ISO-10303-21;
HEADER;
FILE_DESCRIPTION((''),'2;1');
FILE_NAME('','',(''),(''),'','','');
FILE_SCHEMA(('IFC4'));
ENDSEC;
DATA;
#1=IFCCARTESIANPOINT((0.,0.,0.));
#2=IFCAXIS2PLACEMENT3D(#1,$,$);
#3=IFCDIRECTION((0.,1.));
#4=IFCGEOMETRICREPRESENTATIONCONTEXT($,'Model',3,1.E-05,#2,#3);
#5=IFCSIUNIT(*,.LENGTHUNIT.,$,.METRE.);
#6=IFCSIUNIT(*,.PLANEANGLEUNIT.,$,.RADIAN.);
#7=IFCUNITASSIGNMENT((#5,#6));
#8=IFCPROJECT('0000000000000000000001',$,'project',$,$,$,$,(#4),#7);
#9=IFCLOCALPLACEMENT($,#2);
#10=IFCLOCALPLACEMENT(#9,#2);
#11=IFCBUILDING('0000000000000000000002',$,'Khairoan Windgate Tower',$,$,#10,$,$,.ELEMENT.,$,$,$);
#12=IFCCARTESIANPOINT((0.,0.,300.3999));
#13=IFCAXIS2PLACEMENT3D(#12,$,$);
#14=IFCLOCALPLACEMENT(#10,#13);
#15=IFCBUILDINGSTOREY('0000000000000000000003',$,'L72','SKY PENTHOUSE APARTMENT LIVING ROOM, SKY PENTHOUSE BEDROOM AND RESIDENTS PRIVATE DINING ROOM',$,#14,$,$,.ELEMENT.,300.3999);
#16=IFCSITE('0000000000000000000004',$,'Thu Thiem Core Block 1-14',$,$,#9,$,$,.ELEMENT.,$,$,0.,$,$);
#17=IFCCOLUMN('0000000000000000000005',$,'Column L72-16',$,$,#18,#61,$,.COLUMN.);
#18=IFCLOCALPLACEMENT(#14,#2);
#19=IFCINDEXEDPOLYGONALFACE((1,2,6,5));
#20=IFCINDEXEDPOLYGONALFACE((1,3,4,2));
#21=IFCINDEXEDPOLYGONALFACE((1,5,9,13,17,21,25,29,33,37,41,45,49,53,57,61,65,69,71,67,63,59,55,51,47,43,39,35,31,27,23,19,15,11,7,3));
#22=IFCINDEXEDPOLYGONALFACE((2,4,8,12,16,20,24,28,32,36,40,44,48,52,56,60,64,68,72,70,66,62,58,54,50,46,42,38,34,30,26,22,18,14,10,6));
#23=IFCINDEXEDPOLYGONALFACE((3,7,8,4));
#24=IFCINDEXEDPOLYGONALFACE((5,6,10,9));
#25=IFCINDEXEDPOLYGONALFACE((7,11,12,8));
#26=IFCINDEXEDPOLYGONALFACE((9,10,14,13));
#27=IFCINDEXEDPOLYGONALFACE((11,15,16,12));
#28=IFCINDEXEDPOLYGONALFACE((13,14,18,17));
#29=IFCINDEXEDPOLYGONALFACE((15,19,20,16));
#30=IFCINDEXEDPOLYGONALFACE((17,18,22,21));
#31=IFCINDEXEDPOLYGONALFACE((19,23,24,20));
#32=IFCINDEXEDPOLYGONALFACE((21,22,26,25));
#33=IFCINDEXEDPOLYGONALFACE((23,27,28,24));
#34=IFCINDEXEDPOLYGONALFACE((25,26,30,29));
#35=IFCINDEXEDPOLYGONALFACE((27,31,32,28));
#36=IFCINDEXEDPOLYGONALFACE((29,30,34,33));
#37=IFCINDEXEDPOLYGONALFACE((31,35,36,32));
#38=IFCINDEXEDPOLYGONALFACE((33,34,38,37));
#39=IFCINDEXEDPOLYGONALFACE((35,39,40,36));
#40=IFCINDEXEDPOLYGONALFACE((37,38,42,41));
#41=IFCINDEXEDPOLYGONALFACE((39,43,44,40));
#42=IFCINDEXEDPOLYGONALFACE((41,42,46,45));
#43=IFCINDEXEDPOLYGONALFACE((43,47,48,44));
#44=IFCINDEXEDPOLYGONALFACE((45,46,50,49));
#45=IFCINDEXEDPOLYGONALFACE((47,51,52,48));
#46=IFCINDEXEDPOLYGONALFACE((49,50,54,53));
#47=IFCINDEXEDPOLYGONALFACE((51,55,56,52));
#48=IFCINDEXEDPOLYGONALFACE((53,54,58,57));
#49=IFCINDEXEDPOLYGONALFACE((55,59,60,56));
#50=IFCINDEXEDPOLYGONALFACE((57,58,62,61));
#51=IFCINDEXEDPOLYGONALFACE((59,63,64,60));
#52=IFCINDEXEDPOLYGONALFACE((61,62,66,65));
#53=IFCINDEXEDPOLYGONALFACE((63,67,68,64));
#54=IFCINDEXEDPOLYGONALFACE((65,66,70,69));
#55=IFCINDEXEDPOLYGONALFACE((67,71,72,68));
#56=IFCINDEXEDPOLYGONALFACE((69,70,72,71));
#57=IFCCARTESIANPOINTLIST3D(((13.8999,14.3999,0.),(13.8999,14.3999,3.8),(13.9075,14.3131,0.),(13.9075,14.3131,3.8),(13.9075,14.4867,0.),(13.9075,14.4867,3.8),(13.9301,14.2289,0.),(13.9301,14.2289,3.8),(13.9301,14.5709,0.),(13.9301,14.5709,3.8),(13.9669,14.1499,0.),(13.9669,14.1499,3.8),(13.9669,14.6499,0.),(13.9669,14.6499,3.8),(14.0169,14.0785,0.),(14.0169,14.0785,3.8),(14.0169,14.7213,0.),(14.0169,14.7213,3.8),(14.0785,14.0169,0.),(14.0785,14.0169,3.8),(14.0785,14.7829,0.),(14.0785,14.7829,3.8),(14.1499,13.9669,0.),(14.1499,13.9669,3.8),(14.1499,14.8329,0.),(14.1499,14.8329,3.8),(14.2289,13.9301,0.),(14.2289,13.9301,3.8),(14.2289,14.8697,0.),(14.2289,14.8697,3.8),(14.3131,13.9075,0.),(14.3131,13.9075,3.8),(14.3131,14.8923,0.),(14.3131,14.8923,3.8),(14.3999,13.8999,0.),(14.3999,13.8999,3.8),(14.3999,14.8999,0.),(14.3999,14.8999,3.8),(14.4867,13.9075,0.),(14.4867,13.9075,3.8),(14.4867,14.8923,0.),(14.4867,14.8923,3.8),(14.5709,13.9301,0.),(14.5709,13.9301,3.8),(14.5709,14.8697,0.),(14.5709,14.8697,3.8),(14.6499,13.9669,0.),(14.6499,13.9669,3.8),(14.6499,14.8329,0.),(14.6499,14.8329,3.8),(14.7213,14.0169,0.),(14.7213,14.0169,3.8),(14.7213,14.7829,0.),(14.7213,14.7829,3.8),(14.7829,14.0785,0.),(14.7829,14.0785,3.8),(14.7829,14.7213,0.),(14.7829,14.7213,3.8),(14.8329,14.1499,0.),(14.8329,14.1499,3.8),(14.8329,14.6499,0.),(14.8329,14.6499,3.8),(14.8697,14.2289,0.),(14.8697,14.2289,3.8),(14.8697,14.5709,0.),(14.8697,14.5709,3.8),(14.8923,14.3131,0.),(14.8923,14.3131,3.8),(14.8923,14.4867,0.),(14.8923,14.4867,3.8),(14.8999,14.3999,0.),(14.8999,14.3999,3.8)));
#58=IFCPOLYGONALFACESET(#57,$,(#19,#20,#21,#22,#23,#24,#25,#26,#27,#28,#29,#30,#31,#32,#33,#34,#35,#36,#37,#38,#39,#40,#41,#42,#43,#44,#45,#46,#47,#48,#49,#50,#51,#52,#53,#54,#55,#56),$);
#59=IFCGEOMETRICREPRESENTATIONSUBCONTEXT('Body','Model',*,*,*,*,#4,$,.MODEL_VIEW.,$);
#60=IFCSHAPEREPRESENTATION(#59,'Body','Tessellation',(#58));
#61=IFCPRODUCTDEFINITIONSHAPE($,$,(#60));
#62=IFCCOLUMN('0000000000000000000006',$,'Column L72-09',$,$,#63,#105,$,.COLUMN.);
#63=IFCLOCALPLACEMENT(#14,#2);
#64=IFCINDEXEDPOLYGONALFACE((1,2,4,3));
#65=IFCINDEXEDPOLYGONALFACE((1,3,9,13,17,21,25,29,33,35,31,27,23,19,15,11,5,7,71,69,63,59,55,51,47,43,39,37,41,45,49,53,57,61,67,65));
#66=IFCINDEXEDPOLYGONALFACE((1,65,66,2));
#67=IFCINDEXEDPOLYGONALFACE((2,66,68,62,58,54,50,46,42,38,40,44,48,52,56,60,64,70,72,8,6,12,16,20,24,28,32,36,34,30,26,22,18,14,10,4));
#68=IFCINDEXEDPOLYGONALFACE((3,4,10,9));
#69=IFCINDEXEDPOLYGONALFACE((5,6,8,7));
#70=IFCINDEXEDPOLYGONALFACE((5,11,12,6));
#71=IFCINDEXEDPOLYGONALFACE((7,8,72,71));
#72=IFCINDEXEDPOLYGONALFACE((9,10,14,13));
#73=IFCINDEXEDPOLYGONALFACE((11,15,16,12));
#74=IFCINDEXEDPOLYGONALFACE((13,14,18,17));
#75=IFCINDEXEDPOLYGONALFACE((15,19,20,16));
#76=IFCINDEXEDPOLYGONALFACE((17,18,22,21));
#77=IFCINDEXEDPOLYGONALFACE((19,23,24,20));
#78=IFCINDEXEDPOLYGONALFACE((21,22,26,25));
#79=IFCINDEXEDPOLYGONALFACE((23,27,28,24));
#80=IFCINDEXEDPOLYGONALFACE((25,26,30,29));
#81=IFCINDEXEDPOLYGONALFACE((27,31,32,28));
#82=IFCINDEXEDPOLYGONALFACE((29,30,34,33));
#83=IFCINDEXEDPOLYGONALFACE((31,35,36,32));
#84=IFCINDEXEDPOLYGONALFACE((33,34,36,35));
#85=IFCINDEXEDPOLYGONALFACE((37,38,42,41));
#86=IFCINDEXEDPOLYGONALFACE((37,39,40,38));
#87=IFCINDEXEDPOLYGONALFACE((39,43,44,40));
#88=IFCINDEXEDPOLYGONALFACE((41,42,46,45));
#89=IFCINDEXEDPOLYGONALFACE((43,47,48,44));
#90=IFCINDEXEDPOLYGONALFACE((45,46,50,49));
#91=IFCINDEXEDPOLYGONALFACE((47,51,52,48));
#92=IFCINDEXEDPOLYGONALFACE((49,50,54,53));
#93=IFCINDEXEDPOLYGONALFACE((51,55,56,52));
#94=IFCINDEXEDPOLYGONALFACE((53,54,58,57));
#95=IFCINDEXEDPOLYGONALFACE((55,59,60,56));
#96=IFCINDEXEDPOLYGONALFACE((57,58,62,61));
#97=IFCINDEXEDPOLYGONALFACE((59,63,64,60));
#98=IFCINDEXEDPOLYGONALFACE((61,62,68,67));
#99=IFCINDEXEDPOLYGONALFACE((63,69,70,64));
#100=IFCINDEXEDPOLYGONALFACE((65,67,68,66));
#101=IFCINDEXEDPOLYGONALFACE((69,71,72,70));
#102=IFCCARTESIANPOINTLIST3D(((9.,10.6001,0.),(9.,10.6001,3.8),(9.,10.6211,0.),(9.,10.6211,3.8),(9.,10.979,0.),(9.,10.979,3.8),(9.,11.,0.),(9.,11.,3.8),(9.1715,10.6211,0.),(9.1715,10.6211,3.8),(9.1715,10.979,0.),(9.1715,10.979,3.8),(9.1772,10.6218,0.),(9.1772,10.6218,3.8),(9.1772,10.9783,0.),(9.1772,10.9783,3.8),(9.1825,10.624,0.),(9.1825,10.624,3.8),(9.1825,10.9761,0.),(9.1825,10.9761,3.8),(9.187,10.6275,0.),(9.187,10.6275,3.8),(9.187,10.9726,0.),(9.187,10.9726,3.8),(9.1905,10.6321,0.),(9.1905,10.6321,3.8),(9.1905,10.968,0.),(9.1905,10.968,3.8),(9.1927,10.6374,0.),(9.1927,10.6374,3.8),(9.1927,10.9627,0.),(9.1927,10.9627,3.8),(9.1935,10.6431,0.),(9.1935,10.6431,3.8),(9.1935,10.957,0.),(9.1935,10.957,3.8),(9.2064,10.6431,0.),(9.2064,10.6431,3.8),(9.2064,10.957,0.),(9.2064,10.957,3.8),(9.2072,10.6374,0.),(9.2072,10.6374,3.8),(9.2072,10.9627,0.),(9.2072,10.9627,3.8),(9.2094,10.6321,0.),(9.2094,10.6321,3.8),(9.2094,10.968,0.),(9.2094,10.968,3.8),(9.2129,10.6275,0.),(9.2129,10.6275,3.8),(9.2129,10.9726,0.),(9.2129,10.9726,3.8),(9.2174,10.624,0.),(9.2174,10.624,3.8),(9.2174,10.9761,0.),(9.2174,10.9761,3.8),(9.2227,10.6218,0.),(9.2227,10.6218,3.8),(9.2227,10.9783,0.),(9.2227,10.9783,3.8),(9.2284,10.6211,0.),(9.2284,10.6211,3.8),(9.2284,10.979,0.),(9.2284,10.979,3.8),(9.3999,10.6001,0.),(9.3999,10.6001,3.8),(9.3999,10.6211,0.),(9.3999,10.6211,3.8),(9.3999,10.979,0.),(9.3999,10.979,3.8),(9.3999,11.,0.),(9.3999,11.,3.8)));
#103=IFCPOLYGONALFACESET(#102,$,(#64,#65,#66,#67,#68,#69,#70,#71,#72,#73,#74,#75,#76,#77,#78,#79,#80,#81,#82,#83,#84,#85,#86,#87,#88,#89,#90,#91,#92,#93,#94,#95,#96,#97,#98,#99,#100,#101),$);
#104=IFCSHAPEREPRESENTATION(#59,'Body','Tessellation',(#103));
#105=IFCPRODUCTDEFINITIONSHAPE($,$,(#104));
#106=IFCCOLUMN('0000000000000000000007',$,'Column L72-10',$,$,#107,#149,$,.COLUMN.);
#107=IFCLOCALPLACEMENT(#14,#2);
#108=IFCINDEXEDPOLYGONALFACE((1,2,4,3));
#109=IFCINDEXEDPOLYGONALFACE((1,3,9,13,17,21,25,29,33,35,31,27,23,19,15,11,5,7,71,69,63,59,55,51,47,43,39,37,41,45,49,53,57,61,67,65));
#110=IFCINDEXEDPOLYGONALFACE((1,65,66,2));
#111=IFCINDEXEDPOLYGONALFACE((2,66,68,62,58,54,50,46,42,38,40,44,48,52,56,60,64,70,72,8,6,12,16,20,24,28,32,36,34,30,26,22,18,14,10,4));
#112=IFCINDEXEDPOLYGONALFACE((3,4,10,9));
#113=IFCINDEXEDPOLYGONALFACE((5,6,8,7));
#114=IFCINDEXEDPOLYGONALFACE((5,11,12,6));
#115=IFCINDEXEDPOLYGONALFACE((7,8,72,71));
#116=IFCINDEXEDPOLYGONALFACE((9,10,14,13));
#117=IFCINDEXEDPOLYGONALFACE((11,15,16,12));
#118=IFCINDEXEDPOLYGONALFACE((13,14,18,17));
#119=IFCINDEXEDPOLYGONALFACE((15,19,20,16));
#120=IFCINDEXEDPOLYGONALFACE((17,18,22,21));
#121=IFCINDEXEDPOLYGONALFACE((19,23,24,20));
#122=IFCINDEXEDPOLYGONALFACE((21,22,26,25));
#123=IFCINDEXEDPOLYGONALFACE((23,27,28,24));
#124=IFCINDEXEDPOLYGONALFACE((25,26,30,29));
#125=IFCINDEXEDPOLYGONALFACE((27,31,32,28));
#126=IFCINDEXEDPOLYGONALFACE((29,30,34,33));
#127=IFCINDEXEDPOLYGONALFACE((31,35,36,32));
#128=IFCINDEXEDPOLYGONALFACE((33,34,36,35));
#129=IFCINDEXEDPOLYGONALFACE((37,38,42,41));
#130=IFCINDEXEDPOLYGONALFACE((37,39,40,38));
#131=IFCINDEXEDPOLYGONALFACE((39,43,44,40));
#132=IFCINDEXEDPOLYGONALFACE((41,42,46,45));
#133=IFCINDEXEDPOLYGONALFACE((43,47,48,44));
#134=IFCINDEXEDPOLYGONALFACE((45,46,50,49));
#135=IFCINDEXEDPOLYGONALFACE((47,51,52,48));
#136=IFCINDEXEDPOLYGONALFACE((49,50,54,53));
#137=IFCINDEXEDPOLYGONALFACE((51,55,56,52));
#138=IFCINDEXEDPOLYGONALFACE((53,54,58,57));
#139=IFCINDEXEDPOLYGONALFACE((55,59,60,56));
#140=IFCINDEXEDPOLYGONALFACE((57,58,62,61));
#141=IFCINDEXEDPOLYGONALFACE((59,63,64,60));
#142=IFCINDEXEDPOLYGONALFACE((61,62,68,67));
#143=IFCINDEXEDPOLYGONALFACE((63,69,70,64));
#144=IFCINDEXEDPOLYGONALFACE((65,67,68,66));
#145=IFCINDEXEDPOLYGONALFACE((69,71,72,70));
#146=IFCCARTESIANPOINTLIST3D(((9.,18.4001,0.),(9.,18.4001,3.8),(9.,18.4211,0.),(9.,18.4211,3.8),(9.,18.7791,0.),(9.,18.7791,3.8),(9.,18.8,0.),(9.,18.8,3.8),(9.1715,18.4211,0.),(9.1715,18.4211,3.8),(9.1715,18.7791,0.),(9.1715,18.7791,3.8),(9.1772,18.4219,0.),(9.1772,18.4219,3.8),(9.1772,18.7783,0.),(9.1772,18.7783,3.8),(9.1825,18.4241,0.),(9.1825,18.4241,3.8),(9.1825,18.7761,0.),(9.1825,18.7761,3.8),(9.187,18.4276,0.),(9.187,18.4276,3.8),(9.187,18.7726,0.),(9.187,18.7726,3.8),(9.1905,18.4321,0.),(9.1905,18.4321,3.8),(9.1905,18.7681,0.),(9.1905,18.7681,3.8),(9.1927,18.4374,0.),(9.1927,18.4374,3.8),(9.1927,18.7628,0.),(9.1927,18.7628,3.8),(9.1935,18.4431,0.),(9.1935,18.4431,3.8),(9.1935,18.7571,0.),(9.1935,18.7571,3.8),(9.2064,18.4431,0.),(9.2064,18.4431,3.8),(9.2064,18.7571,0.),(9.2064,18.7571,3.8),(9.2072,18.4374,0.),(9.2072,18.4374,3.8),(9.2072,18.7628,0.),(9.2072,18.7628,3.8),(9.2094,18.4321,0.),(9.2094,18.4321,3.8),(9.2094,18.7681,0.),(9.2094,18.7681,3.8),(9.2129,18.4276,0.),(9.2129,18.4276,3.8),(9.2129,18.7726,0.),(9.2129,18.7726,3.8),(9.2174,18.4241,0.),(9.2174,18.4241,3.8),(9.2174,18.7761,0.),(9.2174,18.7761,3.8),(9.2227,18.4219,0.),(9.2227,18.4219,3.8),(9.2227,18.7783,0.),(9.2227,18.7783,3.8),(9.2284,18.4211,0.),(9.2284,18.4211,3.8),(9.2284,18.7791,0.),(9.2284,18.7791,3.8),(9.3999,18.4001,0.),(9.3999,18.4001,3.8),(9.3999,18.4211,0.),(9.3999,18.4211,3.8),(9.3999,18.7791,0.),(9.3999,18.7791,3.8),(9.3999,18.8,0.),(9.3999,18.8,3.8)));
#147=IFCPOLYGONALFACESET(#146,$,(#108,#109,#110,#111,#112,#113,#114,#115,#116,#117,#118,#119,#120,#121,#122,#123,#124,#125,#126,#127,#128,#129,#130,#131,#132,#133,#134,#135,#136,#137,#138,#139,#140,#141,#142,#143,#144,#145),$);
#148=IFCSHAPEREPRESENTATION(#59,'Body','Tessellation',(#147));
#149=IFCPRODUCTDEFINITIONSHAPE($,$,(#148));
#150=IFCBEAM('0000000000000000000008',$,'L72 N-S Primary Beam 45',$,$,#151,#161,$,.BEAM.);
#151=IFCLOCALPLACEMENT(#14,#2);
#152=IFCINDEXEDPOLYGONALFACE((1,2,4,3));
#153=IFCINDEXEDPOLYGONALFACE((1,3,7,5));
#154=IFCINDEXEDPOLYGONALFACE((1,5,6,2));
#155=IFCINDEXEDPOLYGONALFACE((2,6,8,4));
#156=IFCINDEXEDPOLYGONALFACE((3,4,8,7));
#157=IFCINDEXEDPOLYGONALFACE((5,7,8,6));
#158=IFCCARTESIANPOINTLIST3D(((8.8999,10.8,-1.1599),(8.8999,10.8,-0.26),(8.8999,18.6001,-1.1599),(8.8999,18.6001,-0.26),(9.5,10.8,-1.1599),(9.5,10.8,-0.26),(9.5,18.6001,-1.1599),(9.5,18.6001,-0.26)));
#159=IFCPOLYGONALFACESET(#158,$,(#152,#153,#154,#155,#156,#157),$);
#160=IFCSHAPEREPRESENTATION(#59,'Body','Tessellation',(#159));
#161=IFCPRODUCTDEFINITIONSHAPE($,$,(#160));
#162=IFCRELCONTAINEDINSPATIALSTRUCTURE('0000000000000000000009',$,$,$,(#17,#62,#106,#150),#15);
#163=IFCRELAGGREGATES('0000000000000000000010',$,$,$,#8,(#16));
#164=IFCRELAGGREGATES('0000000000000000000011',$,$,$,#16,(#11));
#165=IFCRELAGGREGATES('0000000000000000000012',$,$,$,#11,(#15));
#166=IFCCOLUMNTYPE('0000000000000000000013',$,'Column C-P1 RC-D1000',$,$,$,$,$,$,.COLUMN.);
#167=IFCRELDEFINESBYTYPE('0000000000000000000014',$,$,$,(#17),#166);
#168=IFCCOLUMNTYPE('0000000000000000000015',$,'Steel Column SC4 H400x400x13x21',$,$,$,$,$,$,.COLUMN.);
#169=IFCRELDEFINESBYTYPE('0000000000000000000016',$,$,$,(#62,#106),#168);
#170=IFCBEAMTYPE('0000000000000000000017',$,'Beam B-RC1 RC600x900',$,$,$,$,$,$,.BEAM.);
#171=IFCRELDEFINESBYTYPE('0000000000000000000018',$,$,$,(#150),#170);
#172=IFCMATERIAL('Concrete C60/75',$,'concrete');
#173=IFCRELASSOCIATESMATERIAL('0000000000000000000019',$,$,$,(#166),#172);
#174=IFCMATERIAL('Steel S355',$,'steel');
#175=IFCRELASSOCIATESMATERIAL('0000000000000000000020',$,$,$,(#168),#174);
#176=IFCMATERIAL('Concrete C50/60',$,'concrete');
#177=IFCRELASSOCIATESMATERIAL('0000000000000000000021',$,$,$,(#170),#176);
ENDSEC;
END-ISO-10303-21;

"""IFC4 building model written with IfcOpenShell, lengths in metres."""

from ifc_helpers import new_model, si_unit, direction, frame, origin, origin_2d, place, context, subcontext, project, spatial, rectangle, circle, i_section, extrude, material, material_profile, profile_set, type_object, element, save


model = new_model("IFC4")

# Units and contexts
model_context = context("Model", 3, precision=1e-05, world=origin(), true_north=direction((0.0, 1.0)))
body_context = subcontext(model_context, "Body", "Model", "MODEL_VIEW")
ifc_project = project(units=[si_unit("LENGTHUNIT", "METRE"), si_unit("PLANEANGLEUNIT", "RADIAN")], contexts=[model_context])

# Site, building, storey
site_placement = place(None, origin())
site = spatial("IfcSite", under=ifc_project, at=site_placement, Name="Thu Thiem Core Block 1-14", CompositionType="ELEMENT", RefElevation=0.0)
building_placement = place(site_placement, origin())
building = spatial("IfcBuilding", under=site, at=building_placement, Name="Khairoan Windgate Tower", CompositionType="ELEMENT")
storey_placement = place(building_placement, frame((0.0, 0.0, 300.3999)))
storey = spatial("IfcBuildingStorey", under=building, at=storey_placement, Name="L72", Description="SKY PENTHOUSE APARTMENT LIVING ROOM, SKY PENTHOUSE BEDROOM AND RESIDENTS PRIVATE DINING ROOM", CompositionType="ELEMENT", Elevation=300.3999)

# Columns
ifc_material_1 = material(Name="Concrete C60/75", Category="concrete")
ifc_material_profile_1 = material_profile(ifc_material_1, circle(Radius=0.5, at=origin_2d()))
ifc_profile_set_1 = profile_set([ifc_material_profile_1], Name="Concrete C60/75")
column_type_1 = type_object("IfcColumnType", Name="Column C-P1 RC-D1000", PredefinedType="COLUMN", material=ifc_profile_set_1)
column_placement = place(storey_placement, frame((14.3999, 14.3999, 0.0), z_axis=(0.0, 0.0, 1.0), x_axis=(1.0, 0.0, 0.0)))
element("IfcColumn", 1, at=column_placement, inside=storey, type_object=column_type_1, Name="Column L72-16", PredefinedType="COLUMN", context=body_context, shape_type="SweptSolid", body=[
    extrude(circle(Radius=0.5, at=origin_2d()), origin(), (0.0, 0.0, 1.0), 3.8),
])
ifc_material_2 = material(Name="Steel S355", Category="steel")
ifc_material_profile_2 = material_profile(ifc_material_2, i_section(OverallWidth=0.3999, OverallDepth=0.3999, WebThickness=0.0129, FlangeThickness=0.021, FilletRadius=0.022, at=origin_2d()))
ifc_profile_set_2 = profile_set([ifc_material_profile_2], Name="Steel S355")
column_type_2 = type_object("IfcColumnType", Name="Steel Column SC4 H400x400x13x21", PredefinedType="COLUMN", material=ifc_profile_set_2)
for number, where, z_axis, x_axis, name in (
    (2, (9.2, 10.8, 0.0), (0.0, 0.0, 1.0), (1.0, 0.0, 0.0), "Column L72-09"),
    (3, (9.2, 18.6001, 0.0), (0.0, 0.0, 1.0), (1.0, 0.0, 0.0), "Column L72-10"),
):
    element("IfcColumn", number, at=place(storey_placement, frame(where, z_axis=z_axis, x_axis=x_axis)), inside=storey, type_object=column_type_2, Name=name, PredefinedType="COLUMN", context=body_context, shape_type="SweptSolid", body=[
        extrude(i_section(OverallWidth=0.3999, OverallDepth=0.3999, WebThickness=0.0129, FlangeThickness=0.021, FilletRadius=0.022, at=origin_2d()), origin(), (0.0, 0.0, 1.0), 3.8),
    ])

# Beam
ifc_material_3 = material(Name="Concrete C50/60", Category="concrete")
ifc_material_profile_3 = material_profile(ifc_material_3, rectangle(XDim=0.6001, YDim=0.8999, at=origin_2d()))
ifc_profile_set_3 = profile_set([ifc_material_profile_3], Name="Concrete C50/60")
beam_type_1 = type_object("IfcBeamType", Name="Beam B-RC1 RC600x900", PredefinedType="BEAM", material=ifc_profile_set_3)
beam_1_placement = place(storey_placement, frame((9.2, 10.8, -0.71), z_axis=(0.0, 1.0, 0.0), x_axis=(-1.0, 0.0, 0.0)))
element("IfcBeam", 4, at=beam_1_placement, inside=storey, type_object=beam_type_1, Name="L72 N-S Primary Beam 45", PredefinedType="BEAM", context=body_context, shape_type="SweptSolid", body=[
    extrude(rectangle(XDim=0.6001, YDim=0.8999, at=origin_2d()), origin(), (0.0, 0.0, 1.0), 7.8),
])

save(model, "model.ifc")
